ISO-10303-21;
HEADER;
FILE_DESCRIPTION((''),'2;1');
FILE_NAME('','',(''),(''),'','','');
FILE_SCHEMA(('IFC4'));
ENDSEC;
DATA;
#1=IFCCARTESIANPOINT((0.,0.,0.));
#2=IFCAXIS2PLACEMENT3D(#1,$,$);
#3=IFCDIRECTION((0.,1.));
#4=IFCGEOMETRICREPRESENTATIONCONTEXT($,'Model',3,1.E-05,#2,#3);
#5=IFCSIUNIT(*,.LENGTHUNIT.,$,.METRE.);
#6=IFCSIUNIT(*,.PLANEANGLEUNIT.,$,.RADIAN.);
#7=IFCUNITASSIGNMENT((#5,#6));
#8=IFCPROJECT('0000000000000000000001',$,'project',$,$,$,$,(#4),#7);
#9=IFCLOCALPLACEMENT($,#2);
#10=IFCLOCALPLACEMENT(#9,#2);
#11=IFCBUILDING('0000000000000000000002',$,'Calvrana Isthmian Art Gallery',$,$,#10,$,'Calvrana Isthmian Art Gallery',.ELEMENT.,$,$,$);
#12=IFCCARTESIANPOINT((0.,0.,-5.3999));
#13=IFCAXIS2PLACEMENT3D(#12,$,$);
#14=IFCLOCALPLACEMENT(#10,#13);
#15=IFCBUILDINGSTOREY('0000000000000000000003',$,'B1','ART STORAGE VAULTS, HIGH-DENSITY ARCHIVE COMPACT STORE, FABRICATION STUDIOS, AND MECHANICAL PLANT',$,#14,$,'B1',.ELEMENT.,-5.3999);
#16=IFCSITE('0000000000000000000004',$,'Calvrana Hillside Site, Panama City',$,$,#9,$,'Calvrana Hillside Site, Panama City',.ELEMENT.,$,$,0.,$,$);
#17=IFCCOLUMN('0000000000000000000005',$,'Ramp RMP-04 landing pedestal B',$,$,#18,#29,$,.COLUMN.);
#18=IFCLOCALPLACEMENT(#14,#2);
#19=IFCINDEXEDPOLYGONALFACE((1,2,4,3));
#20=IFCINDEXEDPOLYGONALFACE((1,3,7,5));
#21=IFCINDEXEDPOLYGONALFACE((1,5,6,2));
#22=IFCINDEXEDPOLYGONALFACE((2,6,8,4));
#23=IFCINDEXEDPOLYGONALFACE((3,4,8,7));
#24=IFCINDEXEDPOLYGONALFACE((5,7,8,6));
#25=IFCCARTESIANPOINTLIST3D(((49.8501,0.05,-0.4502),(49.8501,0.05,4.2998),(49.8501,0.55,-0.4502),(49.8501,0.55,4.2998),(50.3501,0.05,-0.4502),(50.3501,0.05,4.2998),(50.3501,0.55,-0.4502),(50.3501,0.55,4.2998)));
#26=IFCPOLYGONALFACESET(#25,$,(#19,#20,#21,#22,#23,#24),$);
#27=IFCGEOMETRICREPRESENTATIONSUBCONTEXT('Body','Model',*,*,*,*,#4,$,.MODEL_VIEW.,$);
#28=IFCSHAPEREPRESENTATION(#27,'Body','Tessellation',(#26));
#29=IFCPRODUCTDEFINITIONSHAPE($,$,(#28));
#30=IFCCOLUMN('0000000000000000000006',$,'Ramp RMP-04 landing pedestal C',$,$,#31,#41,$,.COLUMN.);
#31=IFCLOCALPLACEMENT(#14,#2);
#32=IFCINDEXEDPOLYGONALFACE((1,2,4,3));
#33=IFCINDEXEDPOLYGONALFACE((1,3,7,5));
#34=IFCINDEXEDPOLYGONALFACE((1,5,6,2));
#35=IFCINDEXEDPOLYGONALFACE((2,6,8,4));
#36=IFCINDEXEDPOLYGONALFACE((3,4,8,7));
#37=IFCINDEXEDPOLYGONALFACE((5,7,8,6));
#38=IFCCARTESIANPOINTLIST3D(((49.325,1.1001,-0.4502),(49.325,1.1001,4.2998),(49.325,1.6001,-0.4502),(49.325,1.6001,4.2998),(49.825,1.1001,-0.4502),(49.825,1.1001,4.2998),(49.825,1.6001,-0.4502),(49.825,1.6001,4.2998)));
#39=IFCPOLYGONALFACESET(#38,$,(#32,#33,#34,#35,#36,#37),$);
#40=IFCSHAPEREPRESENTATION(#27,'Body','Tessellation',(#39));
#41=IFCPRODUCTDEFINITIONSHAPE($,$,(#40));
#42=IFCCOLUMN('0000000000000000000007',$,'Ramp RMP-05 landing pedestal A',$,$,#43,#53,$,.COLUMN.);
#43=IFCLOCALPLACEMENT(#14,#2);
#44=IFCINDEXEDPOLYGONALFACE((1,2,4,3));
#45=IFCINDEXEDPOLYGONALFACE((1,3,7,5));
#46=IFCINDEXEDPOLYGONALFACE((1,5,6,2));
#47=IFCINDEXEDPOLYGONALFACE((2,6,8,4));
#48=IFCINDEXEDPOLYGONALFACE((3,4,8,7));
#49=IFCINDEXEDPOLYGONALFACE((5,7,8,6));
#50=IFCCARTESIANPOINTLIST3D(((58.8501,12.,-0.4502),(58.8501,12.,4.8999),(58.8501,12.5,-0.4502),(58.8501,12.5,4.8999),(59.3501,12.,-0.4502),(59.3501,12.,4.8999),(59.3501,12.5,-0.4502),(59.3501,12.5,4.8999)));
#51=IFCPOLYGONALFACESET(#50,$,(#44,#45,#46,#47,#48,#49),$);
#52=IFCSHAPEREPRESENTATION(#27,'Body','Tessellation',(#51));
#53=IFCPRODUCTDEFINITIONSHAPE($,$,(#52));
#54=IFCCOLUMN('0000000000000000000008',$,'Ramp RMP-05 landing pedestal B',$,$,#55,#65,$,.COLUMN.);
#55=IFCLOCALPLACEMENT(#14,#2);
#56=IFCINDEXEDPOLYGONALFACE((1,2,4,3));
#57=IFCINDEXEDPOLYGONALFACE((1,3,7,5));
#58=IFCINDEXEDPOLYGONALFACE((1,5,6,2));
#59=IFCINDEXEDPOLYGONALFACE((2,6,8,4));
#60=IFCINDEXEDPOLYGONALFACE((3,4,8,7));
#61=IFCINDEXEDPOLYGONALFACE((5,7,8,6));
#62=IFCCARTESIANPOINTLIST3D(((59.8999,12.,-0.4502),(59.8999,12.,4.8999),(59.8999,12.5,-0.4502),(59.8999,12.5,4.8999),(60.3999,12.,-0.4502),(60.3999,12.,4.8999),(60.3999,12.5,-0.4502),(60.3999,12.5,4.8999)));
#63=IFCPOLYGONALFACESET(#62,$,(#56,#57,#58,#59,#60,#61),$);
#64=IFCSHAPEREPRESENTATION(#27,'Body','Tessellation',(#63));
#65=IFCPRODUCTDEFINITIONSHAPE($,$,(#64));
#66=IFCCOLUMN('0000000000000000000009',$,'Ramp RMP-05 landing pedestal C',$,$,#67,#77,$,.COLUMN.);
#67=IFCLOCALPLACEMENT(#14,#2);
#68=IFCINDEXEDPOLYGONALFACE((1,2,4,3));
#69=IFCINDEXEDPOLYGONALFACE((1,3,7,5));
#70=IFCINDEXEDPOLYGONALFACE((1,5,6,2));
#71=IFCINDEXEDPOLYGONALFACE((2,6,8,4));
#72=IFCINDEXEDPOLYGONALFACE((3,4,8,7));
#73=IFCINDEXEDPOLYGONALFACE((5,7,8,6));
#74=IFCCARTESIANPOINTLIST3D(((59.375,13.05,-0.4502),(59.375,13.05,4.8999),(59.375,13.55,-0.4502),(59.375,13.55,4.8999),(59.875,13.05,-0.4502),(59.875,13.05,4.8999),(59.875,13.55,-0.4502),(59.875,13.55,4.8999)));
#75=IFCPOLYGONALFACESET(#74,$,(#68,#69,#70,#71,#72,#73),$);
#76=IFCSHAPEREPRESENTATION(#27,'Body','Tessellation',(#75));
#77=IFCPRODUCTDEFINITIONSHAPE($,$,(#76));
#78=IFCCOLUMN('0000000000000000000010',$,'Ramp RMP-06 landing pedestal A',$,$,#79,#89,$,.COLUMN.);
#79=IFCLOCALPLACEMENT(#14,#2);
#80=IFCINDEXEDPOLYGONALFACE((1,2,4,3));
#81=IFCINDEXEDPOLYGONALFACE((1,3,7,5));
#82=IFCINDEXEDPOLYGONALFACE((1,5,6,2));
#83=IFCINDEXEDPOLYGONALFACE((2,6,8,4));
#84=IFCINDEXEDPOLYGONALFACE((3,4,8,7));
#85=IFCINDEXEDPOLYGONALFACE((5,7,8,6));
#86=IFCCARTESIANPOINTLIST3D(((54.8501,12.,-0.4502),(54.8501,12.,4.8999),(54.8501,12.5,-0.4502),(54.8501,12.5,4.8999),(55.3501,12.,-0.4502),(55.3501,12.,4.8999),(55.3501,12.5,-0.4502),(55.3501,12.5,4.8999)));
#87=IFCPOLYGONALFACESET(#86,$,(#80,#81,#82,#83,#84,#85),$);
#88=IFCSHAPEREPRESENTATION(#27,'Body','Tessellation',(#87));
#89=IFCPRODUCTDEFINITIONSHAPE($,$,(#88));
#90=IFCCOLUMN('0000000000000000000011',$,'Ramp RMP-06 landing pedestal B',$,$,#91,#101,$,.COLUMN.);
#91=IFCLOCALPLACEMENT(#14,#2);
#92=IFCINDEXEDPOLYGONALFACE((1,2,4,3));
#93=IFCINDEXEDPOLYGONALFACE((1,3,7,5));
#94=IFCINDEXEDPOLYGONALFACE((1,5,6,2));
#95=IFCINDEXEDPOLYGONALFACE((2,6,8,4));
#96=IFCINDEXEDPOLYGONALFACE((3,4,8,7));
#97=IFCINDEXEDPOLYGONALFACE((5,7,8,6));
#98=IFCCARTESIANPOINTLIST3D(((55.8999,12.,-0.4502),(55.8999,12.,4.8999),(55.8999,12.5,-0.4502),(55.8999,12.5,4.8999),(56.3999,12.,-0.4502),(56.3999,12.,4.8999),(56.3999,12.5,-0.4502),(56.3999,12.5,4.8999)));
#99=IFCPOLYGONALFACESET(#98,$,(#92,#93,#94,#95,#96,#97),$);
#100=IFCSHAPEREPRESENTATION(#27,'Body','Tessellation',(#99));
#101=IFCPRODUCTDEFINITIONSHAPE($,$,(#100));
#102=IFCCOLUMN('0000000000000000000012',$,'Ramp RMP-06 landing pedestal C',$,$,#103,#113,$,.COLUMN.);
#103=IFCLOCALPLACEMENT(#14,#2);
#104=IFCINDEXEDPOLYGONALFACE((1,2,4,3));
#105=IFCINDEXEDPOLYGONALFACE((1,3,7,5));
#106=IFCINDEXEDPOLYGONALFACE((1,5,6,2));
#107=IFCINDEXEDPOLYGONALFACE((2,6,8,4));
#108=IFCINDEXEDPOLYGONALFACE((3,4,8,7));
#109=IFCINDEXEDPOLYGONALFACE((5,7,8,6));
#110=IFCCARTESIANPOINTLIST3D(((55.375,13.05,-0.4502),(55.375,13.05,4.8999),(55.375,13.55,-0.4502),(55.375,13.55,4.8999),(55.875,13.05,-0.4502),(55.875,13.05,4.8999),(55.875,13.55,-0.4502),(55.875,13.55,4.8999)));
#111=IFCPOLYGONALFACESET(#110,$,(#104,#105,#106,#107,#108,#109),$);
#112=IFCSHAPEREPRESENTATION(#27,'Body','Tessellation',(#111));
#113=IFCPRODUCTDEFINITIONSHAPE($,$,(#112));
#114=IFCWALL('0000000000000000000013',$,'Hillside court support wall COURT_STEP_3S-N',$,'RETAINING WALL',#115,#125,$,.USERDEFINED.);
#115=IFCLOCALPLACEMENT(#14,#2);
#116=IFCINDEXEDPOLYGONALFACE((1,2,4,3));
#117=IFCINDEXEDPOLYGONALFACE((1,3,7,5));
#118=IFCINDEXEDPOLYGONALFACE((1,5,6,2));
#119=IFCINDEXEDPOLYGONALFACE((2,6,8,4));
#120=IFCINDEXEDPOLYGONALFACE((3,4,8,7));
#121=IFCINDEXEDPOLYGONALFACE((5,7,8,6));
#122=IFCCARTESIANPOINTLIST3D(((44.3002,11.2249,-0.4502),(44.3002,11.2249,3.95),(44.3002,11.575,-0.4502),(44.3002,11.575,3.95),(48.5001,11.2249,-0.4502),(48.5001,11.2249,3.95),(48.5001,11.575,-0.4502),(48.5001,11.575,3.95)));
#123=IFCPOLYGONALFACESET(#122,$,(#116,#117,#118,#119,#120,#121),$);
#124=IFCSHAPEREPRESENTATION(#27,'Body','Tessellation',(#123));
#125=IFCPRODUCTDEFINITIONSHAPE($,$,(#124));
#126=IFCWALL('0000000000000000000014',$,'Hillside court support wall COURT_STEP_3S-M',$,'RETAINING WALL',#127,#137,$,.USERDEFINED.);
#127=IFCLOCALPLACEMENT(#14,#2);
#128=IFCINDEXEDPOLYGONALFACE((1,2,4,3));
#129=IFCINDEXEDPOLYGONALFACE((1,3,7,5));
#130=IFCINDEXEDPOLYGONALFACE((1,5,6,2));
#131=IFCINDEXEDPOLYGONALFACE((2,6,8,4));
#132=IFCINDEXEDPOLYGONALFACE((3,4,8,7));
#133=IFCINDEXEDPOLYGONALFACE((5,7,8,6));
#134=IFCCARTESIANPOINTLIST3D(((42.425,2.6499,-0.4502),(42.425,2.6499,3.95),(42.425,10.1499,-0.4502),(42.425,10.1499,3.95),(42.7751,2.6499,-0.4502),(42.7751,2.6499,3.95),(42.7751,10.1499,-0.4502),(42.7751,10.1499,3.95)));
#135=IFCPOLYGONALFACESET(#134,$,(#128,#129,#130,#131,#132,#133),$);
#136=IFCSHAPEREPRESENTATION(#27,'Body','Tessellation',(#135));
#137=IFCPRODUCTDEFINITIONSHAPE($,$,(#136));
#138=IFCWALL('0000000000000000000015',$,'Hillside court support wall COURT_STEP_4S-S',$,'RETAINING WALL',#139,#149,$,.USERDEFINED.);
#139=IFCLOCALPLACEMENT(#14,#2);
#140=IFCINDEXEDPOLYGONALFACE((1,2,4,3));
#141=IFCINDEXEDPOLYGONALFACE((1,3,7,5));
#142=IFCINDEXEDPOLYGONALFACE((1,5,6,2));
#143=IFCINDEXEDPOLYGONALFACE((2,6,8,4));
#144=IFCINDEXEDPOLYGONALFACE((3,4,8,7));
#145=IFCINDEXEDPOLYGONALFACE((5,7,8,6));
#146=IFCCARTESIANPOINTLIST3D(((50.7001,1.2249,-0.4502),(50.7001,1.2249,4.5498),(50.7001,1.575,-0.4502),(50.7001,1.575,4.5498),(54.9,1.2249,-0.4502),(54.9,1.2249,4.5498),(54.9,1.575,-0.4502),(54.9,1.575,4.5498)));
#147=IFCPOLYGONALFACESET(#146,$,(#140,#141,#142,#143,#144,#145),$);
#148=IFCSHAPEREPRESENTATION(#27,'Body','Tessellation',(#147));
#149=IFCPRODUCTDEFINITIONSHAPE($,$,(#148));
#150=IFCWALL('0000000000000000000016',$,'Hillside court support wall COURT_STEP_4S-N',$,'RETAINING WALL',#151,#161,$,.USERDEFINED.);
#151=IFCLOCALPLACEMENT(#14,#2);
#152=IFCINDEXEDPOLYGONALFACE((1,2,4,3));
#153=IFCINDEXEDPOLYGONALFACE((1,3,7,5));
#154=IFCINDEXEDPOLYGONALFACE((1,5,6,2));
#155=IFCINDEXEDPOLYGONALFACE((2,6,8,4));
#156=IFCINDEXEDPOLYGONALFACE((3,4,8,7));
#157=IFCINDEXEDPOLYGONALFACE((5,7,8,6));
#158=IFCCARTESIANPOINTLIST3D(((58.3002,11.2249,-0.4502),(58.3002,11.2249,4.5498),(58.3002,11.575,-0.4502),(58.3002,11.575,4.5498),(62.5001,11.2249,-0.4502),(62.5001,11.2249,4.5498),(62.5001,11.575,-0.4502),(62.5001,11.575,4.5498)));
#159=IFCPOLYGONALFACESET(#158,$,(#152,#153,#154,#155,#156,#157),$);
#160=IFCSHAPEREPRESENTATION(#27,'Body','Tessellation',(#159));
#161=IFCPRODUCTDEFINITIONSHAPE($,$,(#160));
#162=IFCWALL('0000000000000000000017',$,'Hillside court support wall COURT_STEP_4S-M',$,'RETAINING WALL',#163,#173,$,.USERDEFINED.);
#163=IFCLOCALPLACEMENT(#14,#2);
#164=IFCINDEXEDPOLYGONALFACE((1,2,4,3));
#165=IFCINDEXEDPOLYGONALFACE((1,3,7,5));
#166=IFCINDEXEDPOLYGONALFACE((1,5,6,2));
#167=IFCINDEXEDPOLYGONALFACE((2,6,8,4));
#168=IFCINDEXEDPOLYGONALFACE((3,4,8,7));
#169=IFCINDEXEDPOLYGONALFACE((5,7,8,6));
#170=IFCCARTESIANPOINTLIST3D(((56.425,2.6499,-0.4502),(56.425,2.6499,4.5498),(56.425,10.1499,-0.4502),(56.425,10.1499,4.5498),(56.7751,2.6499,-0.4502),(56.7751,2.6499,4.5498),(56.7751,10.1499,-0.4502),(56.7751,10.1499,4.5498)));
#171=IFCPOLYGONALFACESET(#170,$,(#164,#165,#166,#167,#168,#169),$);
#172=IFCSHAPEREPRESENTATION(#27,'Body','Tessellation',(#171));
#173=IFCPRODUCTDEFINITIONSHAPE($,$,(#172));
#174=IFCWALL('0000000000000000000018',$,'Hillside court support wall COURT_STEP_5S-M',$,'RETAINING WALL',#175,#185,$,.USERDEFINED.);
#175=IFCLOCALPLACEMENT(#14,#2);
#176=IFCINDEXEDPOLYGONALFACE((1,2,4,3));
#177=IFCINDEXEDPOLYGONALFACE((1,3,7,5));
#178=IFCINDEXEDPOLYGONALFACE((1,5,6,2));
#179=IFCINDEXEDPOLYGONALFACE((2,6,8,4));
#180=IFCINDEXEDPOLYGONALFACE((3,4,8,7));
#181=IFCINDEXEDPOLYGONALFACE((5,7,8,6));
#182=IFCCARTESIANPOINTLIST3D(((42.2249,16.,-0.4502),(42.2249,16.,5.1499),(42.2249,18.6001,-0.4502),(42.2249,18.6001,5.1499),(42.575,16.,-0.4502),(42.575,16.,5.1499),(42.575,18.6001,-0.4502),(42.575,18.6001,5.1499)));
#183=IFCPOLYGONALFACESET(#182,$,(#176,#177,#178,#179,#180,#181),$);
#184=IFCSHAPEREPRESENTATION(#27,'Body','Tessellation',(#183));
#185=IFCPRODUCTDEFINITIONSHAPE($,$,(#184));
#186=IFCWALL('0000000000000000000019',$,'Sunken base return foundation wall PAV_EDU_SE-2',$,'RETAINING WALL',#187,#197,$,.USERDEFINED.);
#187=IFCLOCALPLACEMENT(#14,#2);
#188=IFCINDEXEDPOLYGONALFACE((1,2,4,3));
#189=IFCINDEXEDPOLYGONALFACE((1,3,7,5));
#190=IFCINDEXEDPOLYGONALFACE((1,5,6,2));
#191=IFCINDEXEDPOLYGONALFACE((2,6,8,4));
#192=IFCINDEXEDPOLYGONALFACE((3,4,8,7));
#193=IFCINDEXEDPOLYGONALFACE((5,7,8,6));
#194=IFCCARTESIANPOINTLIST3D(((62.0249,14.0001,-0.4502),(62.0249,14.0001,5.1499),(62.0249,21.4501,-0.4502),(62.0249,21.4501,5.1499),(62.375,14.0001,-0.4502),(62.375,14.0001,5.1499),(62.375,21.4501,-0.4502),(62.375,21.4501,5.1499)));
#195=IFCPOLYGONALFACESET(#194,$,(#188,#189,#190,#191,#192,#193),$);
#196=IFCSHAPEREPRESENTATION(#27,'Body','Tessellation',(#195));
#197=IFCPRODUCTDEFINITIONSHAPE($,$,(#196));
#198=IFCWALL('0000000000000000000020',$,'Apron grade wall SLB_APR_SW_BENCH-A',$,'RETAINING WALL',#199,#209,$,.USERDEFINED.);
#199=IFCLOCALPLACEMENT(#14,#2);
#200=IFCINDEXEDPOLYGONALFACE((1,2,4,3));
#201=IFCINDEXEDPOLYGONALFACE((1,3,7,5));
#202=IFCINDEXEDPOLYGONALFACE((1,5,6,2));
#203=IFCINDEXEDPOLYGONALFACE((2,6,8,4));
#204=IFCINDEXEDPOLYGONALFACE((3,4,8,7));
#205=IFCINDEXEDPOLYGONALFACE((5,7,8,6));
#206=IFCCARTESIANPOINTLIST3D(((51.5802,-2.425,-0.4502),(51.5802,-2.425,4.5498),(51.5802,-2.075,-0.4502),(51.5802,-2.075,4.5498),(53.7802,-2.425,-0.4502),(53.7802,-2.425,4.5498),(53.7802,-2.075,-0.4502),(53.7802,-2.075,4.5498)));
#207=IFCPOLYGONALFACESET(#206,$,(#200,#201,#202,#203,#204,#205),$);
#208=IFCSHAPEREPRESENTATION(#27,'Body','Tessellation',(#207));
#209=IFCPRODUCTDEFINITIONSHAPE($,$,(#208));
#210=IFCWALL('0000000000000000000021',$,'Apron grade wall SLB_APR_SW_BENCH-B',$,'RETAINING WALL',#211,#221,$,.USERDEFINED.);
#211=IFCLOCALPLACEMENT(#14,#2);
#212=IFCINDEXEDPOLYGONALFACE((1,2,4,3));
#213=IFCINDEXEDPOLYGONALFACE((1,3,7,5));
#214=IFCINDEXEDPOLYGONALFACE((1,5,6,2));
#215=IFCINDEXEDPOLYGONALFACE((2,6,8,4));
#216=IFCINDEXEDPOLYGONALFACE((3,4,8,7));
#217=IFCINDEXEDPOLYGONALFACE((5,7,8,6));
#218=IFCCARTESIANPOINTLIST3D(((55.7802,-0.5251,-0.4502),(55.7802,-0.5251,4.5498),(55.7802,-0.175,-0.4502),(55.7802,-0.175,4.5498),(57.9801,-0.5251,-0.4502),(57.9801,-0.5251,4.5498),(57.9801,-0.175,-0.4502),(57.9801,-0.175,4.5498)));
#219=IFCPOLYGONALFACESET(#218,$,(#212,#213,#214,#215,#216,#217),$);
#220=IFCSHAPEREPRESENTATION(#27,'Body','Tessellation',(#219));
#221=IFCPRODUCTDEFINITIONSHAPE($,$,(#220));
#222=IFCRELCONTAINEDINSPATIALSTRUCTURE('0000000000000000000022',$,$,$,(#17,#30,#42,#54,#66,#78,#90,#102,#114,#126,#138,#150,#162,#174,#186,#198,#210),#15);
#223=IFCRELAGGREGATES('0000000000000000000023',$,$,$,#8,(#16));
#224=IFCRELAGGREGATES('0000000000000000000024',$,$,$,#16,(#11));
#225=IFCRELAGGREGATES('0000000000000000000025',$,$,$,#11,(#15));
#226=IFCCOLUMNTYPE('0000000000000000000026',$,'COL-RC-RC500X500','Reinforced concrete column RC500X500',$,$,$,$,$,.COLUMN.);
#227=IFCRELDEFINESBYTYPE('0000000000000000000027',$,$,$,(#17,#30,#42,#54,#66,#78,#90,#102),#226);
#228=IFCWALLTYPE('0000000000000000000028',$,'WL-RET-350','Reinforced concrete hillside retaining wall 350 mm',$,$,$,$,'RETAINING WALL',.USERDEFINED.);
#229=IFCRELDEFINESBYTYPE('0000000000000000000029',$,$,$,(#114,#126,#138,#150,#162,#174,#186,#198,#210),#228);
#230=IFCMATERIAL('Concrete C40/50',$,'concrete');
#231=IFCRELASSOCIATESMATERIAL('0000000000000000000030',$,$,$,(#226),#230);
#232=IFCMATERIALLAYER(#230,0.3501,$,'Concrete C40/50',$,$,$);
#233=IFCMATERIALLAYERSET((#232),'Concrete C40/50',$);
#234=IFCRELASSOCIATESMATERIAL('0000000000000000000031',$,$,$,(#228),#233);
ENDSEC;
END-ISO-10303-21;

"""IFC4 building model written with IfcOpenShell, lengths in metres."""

from ifc_helpers import new_model, si_unit, direction, frame, frame_2d, origin, origin_2d, place, context, subcontext, project, spatial, rectangle, extrude, material, layer, layer_set, material_profile, profile_set, type_object, element, save


model = new_model("IFC4")

# Units and contexts
model_context = context("Model", 3, precision=1e-05, world=origin(), true_north=direction((0.0, 1.0)))
body_context = subcontext(model_context, "Body", "Model", "MODEL_VIEW")
ifc_project = project(units=[si_unit("LENGTHUNIT", "METRE"), si_unit("PLANEANGLEUNIT", "RADIAN")], contexts=[model_context])

# Site, building, storey
site_placement = place(None, origin())
site = spatial("IfcSite", under=ifc_project, at=site_placement, Name="Calvrana Hillside Site, Panama City", LongName="Calvrana Hillside Site, Panama City", CompositionType="ELEMENT", RefElevation=0.0)
building_placement = place(site_placement, origin())
building = spatial("IfcBuilding", under=site, at=building_placement, Name="Calvrana Isthmian Art Gallery", LongName="Calvrana Isthmian Art Gallery", CompositionType="ELEMENT")
storey_placement = place(building_placement, frame((0.0, 0.0, -5.3999)))
storey = spatial("IfcBuildingStorey", under=building, at=storey_placement, Name="B1", Description="ART STORAGE VAULTS, HIGH-DENSITY ARCHIVE COMPACT STORE, FABRICATION STUDIOS, AND MECHANICAL PLANT", LongName="B1", CompositionType="ELEMENT", Elevation=-5.3999)

# Columns
ifc_material_1 = material(Name="Concrete C40/50", Category="concrete")
ifc_material_profile_1 = material_profile(ifc_material_1, rectangle(XDim=0.5, YDim=0.5, at=origin_2d()), Name="RC500X500")
ifc_profile_set_1 = profile_set([ifc_material_profile_1], Name="Concrete C40/50")
column_type = type_object("IfcColumnType", Name="COL-RC-RC500X500", Description="Reinforced concrete column RC500X500", PredefinedType="COLUMN", material=ifc_profile_set_1)
for number, where, z_axis, x_axis, name in (
    (1, (50.1001, 0.3, -0.4502), (0.0, 0.0, 1.0), (1.0, 0.0, 0.0), "Ramp RMP-04 landing pedestal B"),
    (2, (49.575, 1.3501, -0.4502), (0.0, 0.0, 1.0), (1.0, 0.0, 0.0), "Ramp RMP-04 landing pedestal C"),
):
    element("IfcColumn", number, at=place(storey_placement, frame(where, z_axis=z_axis, x_axis=x_axis)), inside=storey, type_object=column_type, Name=name, PredefinedType="COLUMN", context=body_context, shape_type="SweptSolid", body=[
        extrude(rectangle(XDim=0.5, YDim=0.5, at=origin_2d()), origin(), (0.0, 0.0, 1.0), 4.75),
    ])
for number, where, z_axis, x_axis, name in (
    (3, (59.1001, 12.25, -0.4502), (0.0, 0.0, 1.0), (1.0, 0.0, 0.0), "Ramp RMP-05 landing pedestal A"),
    (4, (60.1499, 12.25, -0.4502), (0.0, 0.0, 1.0), (1.0, 0.0, 0.0), "Ramp RMP-05 landing pedestal B"),
    (5, (59.625, 13.3, -0.4502), (0.0, 0.0, 1.0), (1.0, 0.0, 0.0), "Ramp RMP-05 landing pedestal C"),
    (6, (55.1001, 12.25, -0.4502), (0.0, 0.0, 1.0), (1.0, 0.0, 0.0), "Ramp RMP-06 landing pedestal A"),
    (7, (56.1499, 12.25, -0.4502), (0.0, 0.0, 1.0), (1.0, 0.0, 0.0), "Ramp RMP-06 landing pedestal B"),
    (8, (55.625, 13.3, -0.4502), (0.0, 0.0, 1.0), (1.0, 0.0, 0.0), "Ramp RMP-06 landing pedestal C"),
):
    element("IfcColumn", number, at=place(storey_placement, frame(where, z_axis=z_axis, x_axis=x_axis)), inside=storey, type_object=column_type, Name=name, PredefinedType="COLUMN", context=body_context, shape_type="SweptSolid", body=[
        extrude(rectangle(XDim=0.5, YDim=0.5, at=origin_2d()), origin(), (0.0, 0.0, 1.0), 5.3501),
    ])

# Walls
ifc_layer_1 = layer(ifc_material_1, 0.3501, Name="Concrete C40/50")
ifc_layer_set_1 = layer_set([ifc_layer_1], Name="Concrete C40/50")
wall_type_1 = type_object("IfcWallType", Name="WL-RET-350", Description="Reinforced concrete hillside retaining wall 350 mm", ElementType="RETAINING WALL", PredefinedType="USERDEFINED", material=ifc_layer_set_1)
wall_1_placement = place(storey_placement, frame((44.3, 11.3999, -0.4502), z_axis=(0.0, 0.0, 1.0), x_axis=(1.0, 0.0, 0.0)))
element("IfcWall", 9, at=wall_1_placement, inside=storey, type_object=wall_type_1, Name="Hillside court support wall COURT_STEP_3S-N", ObjectType="RETAINING WALL", PredefinedType="USERDEFINED", context=body_context, shape_type="SweptSolid", body=[
    extrude(rectangle(XDim=4.2, YDim=0.3501, at=frame_2d((2.1001, 0.0))), origin(), (0.0, 0.0, 1.0), 4.4001),
])
wall_2_placement = place(storey_placement, frame((42.6001, 2.6499, -0.4502), z_axis=(0.0, 0.0, 1.0), x_axis=(0.0, 1.0, 0.0)))
element("IfcWall", 10, at=wall_2_placement, inside=storey, type_object=wall_type_1, Name="Hillside court support wall COURT_STEP_3S-M", ObjectType="RETAINING WALL", PredefinedType="USERDEFINED", context=body_context, shape_type="SweptSolid", body=[
    extrude(rectangle(XDim=7.5, YDim=0.3501, at=frame_2d((3.75, 0.0))), origin(), (0.0, 0.0, 1.0), 4.4001),
])
for number, where, z_axis, x_axis, name in (
    (11, (50.7, 1.3999, -0.4502), (0.0, 0.0, 1.0), (1.0, 0.0, 0.0), "Hillside court support wall COURT_STEP_4S-S"),
    (12, (58.3, 11.3999, -0.4502), (0.0, 0.0, 1.0), (1.0, 0.0, 0.0), "Hillside court support wall COURT_STEP_4S-N"),
):
    element("IfcWall", number, at=place(storey_placement, frame(where, z_axis=z_axis, x_axis=x_axis)), inside=storey, type_object=wall_type_1, Name=name, ObjectType="RETAINING WALL", PredefinedType="USERDEFINED", context=body_context, shape_type="SweptSolid", body=[
        extrude(rectangle(XDim=4.2, YDim=0.3501, at=frame_2d((2.1001, 0.0))), origin(), (0.0, 0.0, 1.0), 5.0),
    ])
wall_3_placement = place(storey_placement, frame((56.6001, 2.6499, -0.4502), z_axis=(0.0, 0.0, 1.0), x_axis=(0.0, 1.0, 0.0)))
element("IfcWall", 13, at=wall_3_placement, inside=storey, type_object=wall_type_1, Name="Hillside court support wall COURT_STEP_4S-M", ObjectType="RETAINING WALL", PredefinedType="USERDEFINED", context=body_context, shape_type="SweptSolid", body=[
    extrude(rectangle(XDim=7.5, YDim=0.3501, at=frame_2d((3.75, 0.0))), origin(), (0.0, 0.0, 1.0), 5.0),
])
wall_4_placement = place(storey_placement, frame((42.3999, 16.0, -0.4502), z_axis=(0.0, 0.0, 1.0), x_axis=(0.0, 1.0, 0.0)))
element("IfcWall", 14, at=wall_4_placement, inside=storey, type_object=wall_type_1, Name="Hillside court support wall COURT_STEP_5S-M", ObjectType="RETAINING WALL", PredefinedType="USERDEFINED", context=body_context, shape_type="SweptSolid", body=[
    extrude(rectangle(XDim=2.6001, YDim=0.3501, at=frame_2d((1.3, 0.0))), origin(), (0.0, 0.0, 1.0), 5.6001),
])
wall_5_placement = place(storey_placement, frame((62.2, 14.0, -0.4502), z_axis=(0.0, 0.0, 1.0), x_axis=(0.0, 1.0, 0.0)))
element("IfcWall", 15, at=wall_5_placement, inside=storey, type_object=wall_type_1, Name="Sunken base return foundation wall PAV_EDU_SE-2", ObjectType="RETAINING WALL", PredefinedType="USERDEFINED", context=body_context, shape_type="SweptSolid", body=[
    extrude(rectangle(XDim=7.45, YDim=0.3501, at=frame_2d((3.7251, 0.0))), origin(), (0.0, 0.0, 1.0), 5.6001),
])
for number, where, z_axis, x_axis, name in (
    (16, (51.5801, -2.25, -0.4502), (0.0, 0.0, 1.0), (1.0, 0.0, 0.0), "Apron grade wall SLB_APR_SW_BENCH-A"),
    (17, (55.78, -0.3501, -0.4502), (0.0, 0.0, 1.0), (1.0, 0.0, 0.0), "Apron grade wall SLB_APR_SW_BENCH-B"),
):
    element("IfcWall", number, at=place(storey_placement, frame(where, z_axis=z_axis, x_axis=x_axis)), inside=storey, type_object=wall_type_1, Name=name, ObjectType="RETAINING WALL", PredefinedType="USERDEFINED", context=body_context, shape_type="SweptSolid", body=[
        extrude(rectangle(XDim=2.2, YDim=0.3501, at=frame_2d((1.1001, 0.0))), origin(), (0.0, 0.0, 1.0), 5.0),
    ])

save(model, "model.ifc")
